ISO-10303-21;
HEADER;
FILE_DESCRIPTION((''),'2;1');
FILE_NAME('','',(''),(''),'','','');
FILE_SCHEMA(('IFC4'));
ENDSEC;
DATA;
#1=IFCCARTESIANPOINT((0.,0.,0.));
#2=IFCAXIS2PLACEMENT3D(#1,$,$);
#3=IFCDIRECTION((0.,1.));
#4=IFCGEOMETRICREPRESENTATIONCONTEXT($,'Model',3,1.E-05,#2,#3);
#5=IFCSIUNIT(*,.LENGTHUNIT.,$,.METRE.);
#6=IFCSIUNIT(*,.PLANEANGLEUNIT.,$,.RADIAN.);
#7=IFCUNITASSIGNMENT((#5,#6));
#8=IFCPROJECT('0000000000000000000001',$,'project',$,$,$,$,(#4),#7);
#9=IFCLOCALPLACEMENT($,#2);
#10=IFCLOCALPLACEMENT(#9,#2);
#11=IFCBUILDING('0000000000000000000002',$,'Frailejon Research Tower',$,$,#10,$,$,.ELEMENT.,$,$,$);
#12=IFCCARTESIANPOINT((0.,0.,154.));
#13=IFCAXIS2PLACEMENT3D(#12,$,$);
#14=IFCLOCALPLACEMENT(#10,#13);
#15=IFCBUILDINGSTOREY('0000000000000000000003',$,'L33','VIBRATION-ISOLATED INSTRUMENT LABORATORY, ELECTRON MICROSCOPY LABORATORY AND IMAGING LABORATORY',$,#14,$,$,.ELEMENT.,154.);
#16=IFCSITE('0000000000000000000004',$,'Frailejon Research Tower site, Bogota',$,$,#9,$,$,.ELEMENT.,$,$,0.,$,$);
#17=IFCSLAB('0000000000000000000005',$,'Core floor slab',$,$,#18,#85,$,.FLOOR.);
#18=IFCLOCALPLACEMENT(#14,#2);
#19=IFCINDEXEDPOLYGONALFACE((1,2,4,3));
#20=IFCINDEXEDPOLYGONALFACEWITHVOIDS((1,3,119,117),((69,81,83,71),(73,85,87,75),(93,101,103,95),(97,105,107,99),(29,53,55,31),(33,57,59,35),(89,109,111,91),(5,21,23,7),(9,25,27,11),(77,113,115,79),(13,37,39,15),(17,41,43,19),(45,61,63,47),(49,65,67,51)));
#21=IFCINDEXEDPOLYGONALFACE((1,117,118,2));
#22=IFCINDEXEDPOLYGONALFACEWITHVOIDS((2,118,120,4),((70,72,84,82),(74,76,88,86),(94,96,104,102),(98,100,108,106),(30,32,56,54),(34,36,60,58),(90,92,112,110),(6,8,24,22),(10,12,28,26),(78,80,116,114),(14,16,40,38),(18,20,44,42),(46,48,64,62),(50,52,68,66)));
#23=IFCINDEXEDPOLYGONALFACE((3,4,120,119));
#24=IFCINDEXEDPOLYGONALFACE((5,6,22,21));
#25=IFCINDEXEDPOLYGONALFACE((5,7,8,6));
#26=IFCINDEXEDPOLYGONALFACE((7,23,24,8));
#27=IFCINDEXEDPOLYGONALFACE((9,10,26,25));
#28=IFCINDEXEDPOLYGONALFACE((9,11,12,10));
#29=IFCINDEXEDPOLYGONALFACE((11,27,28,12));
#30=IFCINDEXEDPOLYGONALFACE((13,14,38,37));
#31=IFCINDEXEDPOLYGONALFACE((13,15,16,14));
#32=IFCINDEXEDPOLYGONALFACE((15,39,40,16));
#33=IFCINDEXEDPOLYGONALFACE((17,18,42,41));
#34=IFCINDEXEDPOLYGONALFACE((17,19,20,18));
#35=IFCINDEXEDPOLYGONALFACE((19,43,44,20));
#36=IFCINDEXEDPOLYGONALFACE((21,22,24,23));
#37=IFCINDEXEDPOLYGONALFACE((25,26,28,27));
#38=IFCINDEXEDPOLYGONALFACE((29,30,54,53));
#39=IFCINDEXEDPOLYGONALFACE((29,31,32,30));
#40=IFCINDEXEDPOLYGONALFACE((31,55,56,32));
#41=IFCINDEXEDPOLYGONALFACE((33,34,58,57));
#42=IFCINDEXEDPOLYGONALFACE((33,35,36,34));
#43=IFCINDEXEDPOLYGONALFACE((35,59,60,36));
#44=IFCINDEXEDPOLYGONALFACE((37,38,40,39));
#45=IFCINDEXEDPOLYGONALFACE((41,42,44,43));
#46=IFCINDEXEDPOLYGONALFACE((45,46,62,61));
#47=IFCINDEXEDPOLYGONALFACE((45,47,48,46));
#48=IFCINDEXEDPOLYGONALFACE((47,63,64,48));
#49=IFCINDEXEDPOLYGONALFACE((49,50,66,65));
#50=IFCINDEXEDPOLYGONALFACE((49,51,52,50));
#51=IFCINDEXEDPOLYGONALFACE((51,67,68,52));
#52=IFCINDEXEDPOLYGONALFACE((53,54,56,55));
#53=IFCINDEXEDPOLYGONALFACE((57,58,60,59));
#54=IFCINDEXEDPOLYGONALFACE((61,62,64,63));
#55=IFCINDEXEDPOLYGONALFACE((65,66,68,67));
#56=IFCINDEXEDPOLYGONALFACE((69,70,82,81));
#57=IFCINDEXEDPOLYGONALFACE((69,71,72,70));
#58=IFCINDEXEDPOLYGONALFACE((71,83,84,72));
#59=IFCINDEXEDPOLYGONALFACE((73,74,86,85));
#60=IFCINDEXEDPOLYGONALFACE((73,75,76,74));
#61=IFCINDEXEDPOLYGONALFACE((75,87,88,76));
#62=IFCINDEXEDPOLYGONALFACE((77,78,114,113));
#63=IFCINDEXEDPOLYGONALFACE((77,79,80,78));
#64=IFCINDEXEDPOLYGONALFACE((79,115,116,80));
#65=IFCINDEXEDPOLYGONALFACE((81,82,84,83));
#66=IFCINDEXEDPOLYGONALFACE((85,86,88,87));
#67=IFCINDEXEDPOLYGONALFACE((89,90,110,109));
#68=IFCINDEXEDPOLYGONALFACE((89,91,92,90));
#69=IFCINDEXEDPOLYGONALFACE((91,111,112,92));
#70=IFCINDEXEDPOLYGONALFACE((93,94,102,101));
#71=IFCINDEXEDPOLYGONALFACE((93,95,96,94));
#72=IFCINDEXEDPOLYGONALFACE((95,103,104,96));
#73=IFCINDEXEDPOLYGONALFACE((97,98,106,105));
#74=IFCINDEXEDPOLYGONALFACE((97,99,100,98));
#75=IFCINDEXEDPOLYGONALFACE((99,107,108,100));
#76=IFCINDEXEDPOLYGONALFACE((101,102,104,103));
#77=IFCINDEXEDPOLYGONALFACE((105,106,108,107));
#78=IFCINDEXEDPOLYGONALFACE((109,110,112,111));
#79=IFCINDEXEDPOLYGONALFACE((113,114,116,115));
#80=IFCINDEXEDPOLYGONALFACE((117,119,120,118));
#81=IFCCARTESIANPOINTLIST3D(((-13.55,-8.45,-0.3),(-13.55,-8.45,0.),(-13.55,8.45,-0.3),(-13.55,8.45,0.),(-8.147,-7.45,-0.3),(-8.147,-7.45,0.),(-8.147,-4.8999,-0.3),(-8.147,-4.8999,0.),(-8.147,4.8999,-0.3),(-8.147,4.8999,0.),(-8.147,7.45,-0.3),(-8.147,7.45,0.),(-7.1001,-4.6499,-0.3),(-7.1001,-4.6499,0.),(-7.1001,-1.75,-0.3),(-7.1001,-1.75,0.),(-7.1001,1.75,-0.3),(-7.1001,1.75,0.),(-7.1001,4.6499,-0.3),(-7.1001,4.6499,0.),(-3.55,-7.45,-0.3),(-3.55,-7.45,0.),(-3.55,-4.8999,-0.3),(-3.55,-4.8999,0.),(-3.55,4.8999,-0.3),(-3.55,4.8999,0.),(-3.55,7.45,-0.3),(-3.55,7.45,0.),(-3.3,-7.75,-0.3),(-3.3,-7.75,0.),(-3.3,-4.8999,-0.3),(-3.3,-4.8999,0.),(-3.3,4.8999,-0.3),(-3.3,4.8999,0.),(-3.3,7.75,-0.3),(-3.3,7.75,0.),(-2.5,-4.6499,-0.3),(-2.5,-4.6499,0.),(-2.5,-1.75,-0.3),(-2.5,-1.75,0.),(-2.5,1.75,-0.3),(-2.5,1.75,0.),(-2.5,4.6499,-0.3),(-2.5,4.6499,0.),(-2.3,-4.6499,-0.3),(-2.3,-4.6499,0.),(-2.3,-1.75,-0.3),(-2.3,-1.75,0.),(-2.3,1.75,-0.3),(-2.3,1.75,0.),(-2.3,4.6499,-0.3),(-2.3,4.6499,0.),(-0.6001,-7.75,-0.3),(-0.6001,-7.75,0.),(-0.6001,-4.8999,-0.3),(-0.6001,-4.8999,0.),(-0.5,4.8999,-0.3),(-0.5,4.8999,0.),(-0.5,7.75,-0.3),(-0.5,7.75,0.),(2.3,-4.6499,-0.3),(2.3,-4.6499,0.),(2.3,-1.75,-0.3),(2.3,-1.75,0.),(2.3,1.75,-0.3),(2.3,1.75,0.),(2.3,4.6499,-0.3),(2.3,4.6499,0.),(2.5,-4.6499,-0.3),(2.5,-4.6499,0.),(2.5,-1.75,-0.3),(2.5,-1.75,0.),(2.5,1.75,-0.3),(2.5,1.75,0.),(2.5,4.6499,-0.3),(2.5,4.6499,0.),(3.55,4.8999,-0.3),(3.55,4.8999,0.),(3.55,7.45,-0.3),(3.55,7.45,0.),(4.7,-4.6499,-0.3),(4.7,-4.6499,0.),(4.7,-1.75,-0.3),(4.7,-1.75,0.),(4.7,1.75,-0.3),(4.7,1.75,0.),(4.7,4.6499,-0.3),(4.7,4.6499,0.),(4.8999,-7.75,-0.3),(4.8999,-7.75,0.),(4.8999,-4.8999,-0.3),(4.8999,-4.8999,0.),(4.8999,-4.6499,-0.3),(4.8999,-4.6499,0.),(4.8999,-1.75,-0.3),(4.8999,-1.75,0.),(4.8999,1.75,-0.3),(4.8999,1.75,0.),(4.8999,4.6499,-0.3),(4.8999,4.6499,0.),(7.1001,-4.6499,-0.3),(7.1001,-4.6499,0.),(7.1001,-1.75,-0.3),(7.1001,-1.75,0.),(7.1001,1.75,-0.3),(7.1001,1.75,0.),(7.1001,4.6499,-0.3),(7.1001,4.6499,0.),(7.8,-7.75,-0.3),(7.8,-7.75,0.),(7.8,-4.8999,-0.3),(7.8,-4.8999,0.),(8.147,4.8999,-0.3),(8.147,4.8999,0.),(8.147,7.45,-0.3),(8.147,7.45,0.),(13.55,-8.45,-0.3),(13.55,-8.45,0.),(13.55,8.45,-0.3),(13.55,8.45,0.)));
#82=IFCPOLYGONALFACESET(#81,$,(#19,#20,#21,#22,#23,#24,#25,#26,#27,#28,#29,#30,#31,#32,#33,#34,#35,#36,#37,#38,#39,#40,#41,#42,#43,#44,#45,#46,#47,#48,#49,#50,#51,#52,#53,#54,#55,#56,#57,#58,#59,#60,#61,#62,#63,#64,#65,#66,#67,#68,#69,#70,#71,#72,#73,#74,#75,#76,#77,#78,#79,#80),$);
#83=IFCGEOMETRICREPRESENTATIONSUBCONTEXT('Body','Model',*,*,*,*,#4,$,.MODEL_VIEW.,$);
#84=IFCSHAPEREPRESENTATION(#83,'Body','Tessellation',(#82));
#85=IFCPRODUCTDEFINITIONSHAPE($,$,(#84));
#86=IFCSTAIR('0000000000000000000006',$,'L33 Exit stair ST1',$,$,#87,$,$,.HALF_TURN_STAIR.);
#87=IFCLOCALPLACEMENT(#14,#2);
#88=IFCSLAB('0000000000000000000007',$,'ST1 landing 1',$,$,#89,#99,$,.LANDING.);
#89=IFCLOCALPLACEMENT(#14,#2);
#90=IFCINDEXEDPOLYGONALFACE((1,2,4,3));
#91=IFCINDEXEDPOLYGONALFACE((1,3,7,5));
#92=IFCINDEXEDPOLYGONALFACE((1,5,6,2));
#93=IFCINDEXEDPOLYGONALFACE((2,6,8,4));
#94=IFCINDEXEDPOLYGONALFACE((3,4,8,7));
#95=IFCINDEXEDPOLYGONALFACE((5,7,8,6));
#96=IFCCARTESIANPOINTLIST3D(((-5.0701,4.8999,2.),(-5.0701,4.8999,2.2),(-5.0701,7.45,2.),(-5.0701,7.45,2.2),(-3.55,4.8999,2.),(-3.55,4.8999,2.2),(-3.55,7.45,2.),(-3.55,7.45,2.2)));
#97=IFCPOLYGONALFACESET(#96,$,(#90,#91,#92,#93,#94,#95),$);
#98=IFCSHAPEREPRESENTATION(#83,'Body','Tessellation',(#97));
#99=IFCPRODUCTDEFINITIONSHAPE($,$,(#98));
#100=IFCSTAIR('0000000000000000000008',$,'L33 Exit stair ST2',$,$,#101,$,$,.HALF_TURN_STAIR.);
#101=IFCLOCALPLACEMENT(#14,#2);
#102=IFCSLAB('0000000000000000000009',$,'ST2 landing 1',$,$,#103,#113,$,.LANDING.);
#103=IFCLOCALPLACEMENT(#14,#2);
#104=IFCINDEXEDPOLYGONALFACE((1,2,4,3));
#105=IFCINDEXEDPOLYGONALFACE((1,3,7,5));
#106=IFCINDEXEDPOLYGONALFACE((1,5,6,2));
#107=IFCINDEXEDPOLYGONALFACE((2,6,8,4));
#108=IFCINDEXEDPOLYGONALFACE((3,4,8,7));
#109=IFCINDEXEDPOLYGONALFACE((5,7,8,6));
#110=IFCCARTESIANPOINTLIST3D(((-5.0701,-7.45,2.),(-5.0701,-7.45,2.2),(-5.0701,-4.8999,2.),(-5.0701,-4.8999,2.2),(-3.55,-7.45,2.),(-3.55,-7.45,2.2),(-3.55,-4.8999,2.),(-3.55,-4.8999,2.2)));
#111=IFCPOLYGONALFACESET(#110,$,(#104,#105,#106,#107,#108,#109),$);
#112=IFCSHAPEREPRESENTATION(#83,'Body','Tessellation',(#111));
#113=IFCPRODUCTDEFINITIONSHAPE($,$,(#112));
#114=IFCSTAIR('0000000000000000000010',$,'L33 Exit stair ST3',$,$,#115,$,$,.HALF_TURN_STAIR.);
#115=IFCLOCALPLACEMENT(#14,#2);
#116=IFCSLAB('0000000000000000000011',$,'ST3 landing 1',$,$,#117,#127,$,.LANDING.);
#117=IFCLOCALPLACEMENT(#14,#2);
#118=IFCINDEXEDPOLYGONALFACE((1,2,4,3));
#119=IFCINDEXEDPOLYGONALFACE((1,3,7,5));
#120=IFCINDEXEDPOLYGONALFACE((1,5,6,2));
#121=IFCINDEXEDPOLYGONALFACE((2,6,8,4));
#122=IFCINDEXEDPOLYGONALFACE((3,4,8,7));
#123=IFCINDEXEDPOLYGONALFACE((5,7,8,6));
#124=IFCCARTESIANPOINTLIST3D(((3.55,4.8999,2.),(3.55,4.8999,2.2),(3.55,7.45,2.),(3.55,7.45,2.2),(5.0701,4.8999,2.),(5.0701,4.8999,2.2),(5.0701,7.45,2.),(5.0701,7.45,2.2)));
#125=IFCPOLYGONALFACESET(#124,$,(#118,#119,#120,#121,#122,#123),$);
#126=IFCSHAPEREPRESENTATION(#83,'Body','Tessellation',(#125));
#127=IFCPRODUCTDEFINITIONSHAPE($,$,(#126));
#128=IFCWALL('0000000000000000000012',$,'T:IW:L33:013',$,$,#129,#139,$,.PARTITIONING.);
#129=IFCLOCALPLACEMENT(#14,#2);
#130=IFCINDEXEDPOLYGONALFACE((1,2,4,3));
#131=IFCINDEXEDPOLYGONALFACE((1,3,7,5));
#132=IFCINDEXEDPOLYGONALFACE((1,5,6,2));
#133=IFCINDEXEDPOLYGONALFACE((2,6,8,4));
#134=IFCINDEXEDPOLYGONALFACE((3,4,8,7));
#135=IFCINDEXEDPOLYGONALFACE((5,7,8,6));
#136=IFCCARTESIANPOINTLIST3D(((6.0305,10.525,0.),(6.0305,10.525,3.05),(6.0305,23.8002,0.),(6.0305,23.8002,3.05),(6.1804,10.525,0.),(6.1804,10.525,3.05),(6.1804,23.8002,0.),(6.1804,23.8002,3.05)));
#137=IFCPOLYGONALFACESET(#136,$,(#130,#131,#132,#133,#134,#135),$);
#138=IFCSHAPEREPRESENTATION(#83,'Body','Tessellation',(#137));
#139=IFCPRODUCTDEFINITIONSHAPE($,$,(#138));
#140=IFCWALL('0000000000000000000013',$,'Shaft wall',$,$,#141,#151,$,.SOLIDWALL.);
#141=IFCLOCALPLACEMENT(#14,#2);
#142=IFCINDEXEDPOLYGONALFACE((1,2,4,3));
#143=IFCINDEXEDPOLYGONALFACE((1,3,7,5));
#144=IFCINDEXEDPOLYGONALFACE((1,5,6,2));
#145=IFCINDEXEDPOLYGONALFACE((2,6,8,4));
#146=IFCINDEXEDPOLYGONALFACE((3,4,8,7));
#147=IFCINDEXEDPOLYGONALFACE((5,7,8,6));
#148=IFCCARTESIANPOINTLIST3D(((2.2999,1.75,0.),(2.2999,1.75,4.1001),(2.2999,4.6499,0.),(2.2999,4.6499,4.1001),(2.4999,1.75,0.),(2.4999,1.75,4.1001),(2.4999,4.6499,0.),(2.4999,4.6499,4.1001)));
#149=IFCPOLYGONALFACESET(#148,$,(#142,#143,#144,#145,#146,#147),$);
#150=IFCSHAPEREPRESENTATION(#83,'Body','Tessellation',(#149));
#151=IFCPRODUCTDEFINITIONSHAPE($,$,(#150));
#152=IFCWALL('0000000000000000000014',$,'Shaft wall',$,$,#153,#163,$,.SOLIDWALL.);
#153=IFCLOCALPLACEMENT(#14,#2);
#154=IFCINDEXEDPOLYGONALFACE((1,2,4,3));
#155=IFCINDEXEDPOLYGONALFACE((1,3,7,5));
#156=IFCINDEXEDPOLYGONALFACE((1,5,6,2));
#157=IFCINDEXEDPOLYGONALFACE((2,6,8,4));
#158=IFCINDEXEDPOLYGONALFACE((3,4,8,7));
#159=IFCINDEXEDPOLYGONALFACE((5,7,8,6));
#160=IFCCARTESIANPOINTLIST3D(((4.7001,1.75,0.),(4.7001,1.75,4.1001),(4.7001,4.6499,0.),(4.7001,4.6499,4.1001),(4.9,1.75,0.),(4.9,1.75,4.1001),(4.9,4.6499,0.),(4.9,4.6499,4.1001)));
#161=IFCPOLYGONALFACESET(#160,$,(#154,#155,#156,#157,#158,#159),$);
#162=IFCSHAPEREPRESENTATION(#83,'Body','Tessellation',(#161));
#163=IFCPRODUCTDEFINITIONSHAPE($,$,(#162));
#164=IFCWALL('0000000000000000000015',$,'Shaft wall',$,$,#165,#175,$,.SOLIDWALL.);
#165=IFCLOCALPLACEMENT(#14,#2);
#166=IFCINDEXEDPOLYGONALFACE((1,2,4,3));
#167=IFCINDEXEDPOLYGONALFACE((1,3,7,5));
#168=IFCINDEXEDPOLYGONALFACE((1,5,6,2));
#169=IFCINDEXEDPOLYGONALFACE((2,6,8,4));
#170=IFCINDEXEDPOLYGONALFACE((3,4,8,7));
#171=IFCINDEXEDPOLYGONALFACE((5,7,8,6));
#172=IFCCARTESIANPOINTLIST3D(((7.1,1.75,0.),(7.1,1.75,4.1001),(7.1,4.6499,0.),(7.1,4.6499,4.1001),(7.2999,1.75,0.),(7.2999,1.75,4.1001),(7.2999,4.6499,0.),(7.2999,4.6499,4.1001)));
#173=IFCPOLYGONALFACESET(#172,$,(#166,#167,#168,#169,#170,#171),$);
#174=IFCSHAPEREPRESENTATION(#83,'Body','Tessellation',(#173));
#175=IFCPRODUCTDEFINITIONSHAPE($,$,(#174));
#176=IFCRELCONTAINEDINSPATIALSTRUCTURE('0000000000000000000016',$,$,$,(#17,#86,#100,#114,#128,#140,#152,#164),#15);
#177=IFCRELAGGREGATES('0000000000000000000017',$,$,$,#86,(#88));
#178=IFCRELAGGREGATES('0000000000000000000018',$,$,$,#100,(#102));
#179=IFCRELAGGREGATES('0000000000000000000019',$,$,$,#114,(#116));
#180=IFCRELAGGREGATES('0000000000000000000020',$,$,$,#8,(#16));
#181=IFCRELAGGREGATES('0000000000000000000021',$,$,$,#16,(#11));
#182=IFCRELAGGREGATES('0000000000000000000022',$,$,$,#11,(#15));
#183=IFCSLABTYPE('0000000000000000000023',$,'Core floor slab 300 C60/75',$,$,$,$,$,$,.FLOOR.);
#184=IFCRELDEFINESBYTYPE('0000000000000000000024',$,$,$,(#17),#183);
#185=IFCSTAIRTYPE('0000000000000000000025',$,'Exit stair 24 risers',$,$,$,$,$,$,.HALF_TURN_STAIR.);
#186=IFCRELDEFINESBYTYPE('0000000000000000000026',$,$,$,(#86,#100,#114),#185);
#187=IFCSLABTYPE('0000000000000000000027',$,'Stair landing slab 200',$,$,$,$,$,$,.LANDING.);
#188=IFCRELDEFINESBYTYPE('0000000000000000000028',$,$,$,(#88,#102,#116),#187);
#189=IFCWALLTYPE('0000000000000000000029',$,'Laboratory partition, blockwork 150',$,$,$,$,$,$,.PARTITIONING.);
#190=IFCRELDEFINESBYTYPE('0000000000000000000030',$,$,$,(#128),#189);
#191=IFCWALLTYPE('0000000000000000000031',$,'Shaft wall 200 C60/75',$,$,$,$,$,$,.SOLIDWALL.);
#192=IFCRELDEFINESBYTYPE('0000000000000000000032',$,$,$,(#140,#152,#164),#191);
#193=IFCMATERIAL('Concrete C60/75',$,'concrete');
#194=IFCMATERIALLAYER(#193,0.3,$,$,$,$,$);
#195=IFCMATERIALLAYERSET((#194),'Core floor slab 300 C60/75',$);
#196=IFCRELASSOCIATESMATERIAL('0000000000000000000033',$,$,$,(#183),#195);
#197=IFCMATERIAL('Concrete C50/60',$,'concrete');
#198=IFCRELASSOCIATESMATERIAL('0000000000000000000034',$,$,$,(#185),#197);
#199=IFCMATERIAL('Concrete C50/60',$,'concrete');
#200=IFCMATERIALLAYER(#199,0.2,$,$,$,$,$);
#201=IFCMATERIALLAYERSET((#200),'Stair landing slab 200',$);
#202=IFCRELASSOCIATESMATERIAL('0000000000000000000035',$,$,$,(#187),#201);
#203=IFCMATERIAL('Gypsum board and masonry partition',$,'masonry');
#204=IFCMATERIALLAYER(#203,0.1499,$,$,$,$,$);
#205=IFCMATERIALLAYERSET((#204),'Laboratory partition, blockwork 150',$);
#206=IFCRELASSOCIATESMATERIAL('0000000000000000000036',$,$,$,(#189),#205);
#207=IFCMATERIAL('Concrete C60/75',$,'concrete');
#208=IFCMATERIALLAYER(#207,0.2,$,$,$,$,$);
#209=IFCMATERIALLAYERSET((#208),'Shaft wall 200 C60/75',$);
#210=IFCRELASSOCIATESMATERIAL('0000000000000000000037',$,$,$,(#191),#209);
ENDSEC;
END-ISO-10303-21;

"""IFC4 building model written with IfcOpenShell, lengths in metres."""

from ifc_helpers import new_model, si_unit, direction, frame, frame_2d, origin, place, context, subcontext, project, spatial, polyline, rectangle, outline, extrude, material, layer, layer_set, type_object, element, aggregate, save


model = new_model("IFC4")

# Units and contexts
model_context = context("Model", 3, precision=1e-05, world=origin(), true_north=direction((0.0, 1.0)))
body_context = subcontext(model_context, "Body", "Model", "MODEL_VIEW")
ifc_project = project(units=[si_unit("LENGTHUNIT", "METRE"), si_unit("PLANEANGLEUNIT", "RADIAN")], contexts=[model_context])

# Site, building, storey
site_placement = place(None, origin())
site = spatial("IfcSite", under=ifc_project, at=site_placement, Name="Frailejon Research Tower site, Bogota", CompositionType="ELEMENT", RefElevation=0.0)
building_placement = place(site_placement, origin())
building = spatial("IfcBuilding", under=site, at=building_placement, Name="Frailejon Research Tower", CompositionType="ELEMENT")
storey_placement = place(building_placement, frame((0.0, 0.0, 154.0)))
storey = spatial("IfcBuildingStorey", under=building, at=storey_placement, Name="L33", Description="VIBRATION-ISOLATED INSTRUMENT LABORATORY, ELECTRON MICROSCOPY LABORATORY AND IMAGING LABORATORY", CompositionType="ELEMENT", Elevation=154.0)

# Slab
ifc_material_1 = material(Name="Concrete C60/75", Category="concrete")
ifc_layer_1 = layer(ifc_material_1, 0.3)
ifc_layer_set_1 = layer_set([ifc_layer_1], Name="Core floor slab 300 C60/75")
slab_type_1 = type_object("IfcSlabType", Name="Core floor slab 300 C60/75", PredefinedType="FLOOR", material=ifc_layer_set_1)
slab_1_placement = place(storey_placement, frame((0.0, 0.0, -0.3)))
element("IfcSlab", 1, at=slab_1_placement, inside=storey, type_object=slab_type_1, Name="Core floor slab", PredefinedType="FLOOR", context=body_context, shape_type="SweptSolid", body=[
    extrude(outline(polyline([(13.55, -8.45), (13.55, 8.45), (-13.55, 8.45), (-13.55, -8.45), (13.55, -8.45)]), holes=[polyline([(-2.5, 1.75), (-2.5, 4.6499), (-7.1001, 4.6499), (-7.1001, 1.75), (-2.5, 1.75)]), polyline([(2.3, 1.75), (2.3, 4.6499), (-2.3, 4.6499), (-2.3, 1.75), (2.3, 1.75)]), polyline([(4.7, 1.75), (4.7, 4.6499), (2.5, 4.6499), (2.5, 1.75), (4.7, 1.75)]), polyline([(7.1001, 1.75), (7.1001, 4.6499), (4.8999, 4.6499), (4.8999, 1.75), (7.1001, 1.75)]), polyline([(-2.5, -4.6499), (-2.5, -1.75), (-7.1001, -1.75), (-7.1001, -4.6499), (-2.5, -4.6499)]), polyline([(2.3, -4.6499), (2.3, -1.75), (-2.3, -1.75), (-2.3, -4.6499), (2.3, -4.6499)]), polyline([(4.7, -4.6499), (4.7, -1.75), (2.5, -1.75), (2.5, -4.6499), (4.7, -4.6499)]), polyline([(7.1001, -4.6499), (7.1001, -1.75), (4.8999, -1.75), (4.8999, -4.6499), (7.1001, -4.6499)]), polyline([(-8.147, 4.8999), (-3.55, 4.8999), (-3.55, 7.45), (-8.147, 7.45), (-8.147, 4.8999)]), polyline([(-8.147, -7.45), (-3.55, -7.45), (-3.55, -4.8999), (-8.147, -4.8999), (-8.147, -7.45)]), polyline([(8.147, 7.45), (3.55, 7.45), (3.55, 4.8999), (8.147, 4.8999), (8.147, 7.45)]), polyline([(-0.6001, -7.75), (-0.6001, -4.8999), (-3.3, -4.8999), (-3.3, -7.75), (-0.6001, -7.75)]), polyline([(7.8, -7.75), (7.8, -4.8999), (4.8999, -4.8999), (4.8999, -7.75), (7.8, -7.75)]), polyline([(-0.5, 4.8999), (-0.5, 7.75), (-3.3, 7.75), (-3.3, 4.8999), (-0.5, 4.8999)])]), origin(), (0.0, 0.0, 1.0), 0.3),
])

# Stairs, slabs
ifc_material_2 = material(Name="Concrete C50/60", Category="concrete")
stair_type = type_object("IfcStairType", Name="Exit stair 24 risers", PredefinedType="HALF_TURN_STAIR", material=ifc_material_2)
stair_1_placement = place(storey_placement, origin())
stair_1 = element("IfcStair", 2, at=stair_1_placement, inside=storey, type_object=stair_type, Name="L33 Exit stair ST1", PredefinedType="HALF_TURN_STAIR")
ifc_material_3 = material(Name="Concrete C50/60", Category="concrete")
ifc_layer_2 = layer(ifc_material_3, 0.2)
ifc_layer_set_2 = layer_set([ifc_layer_2], Name="Stair landing slab 200")
slab_type_2 = type_object("IfcSlabType", Name="Stair landing slab 200", PredefinedType="LANDING", material=ifc_layer_set_2)
slab_2_placement = place(storey_placement, frame((0.0, 0.0, 2.0)))
slab_2 = element("IfcSlab", 3, at=slab_2_placement, type_object=slab_type_2, Name="ST1 landing 1", PredefinedType="LANDING", context=body_context, shape_type="SweptSolid", body=[
    extrude(outline(polyline([(-5.0701, 4.8999), (-3.55, 4.8999), (-3.55, 7.45), (-5.0701, 7.45), (-5.0701, 4.8999)])), origin(), (0.0, 0.0, 1.0), 0.2),
])
aggregate(stair_1, [slab_2])
stair_2_placement = place(storey_placement, origin())
stair_2 = element("IfcStair", 4, at=stair_2_placement, inside=storey, type_object=stair_type, Name="L33 Exit stair ST2", PredefinedType="HALF_TURN_STAIR")
slab_3_placement = place(storey_placement, frame((0.0, 0.0, 2.0)))
slab_3 = element("IfcSlab", 5, at=slab_3_placement, type_object=slab_type_2, Name="ST2 landing 1", PredefinedType="LANDING", context=body_context, shape_type="SweptSolid", body=[
    extrude(outline(polyline([(-5.0701, -7.45), (-3.55, -7.45), (-3.55, -4.8999), (-5.0701, -4.8999), (-5.0701, -7.45)])), origin(), (0.0, 0.0, 1.0), 0.2),
])
aggregate(stair_2, [slab_3])
stair_3_placement = place(storey_placement, origin())
stair_3 = element("IfcStair", 6, at=stair_3_placement, inside=storey, type_object=stair_type, Name="L33 Exit stair ST3", PredefinedType="HALF_TURN_STAIR")
slab_4_placement = place(storey_placement, frame((0.0, 0.0, 2.0)))
slab_4 = element("IfcSlab", 7, at=slab_4_placement, type_object=slab_type_2, Name="ST3 landing 1", PredefinedType="LANDING", context=body_context, shape_type="SweptSolid", body=[
    extrude(outline(polyline([(5.0701, 7.45), (3.55, 7.45), (3.55, 4.8999), (5.0701, 4.8999), (5.0701, 7.45)])), origin(), (0.0, 0.0, 1.0), 0.2),
])

# Walls
ifc_material_4 = material(Name="Gypsum board and masonry partition", Category="masonry")
ifc_layer_3 = layer(ifc_material_4, 0.1499)
ifc_layer_set_3 = layer_set([ifc_layer_3], Name="Laboratory partition, blockwork 150")
wall_type_1 = type_object("IfcWallType", Name="Laboratory partition, blockwork 150", PredefinedType="PARTITIONING", material=ifc_layer_set_3)
wall_1_placement = place(storey_placement, frame((6.1055, 10.5249, 0.0), z_axis=(0.0, 0.0, 1.0), x_axis=(0.0, 1.0, 0.0)))
element("IfcWall", 8, at=wall_1_placement, inside=storey, type_object=wall_type_1, Name="T:IW:L33:013", PredefinedType="PARTITIONING", context=body_context, shape_type="SweptSolid", body=[
    extrude(rectangle(XDim=13.2751, YDim=0.1499, at=frame_2d((6.6377, 0.0))), origin(), (0.0, 0.0, 1.0), 3.05),
])
ifc_material_5 = material(Name="Concrete C60/75", Category="concrete")
ifc_layer_4 = layer(ifc_material_5, 0.2)
ifc_layer_set_4 = layer_set([ifc_layer_4], Name="Shaft wall 200 C60/75")
wall_type_2 = type_object("IfcWallType", Name="Shaft wall 200 C60/75", PredefinedType="SOLIDWALL", material=ifc_layer_set_4)
for number, where, z_axis, x_axis, name in (
    (9, (2.3999, 1.75, 0.0), (0.0, 0.0, 1.0), (0.0, 1.0, 0.0), "Shaft wall"),
    (10, (4.8, 1.75, 0.0), (0.0, 0.0, 1.0), (0.0, 1.0, 0.0), "Shaft wall"),
    (11, (7.2, 1.75, 0.0), (0.0, 0.0, 1.0), (0.0, 1.0, 0.0), "Shaft wall"),
):
    element("IfcWall", number, at=place(storey_placement, frame(where, z_axis=z_axis, x_axis=x_axis)), inside=storey, type_object=wall_type_2, Name=name, PredefinedType="SOLIDWALL", context=body_context, shape_type="SweptSolid", body=[
        extrude(rectangle(XDim=2.8999, YDim=0.2, at=frame_2d((1.45, 0.0))), origin(), (0.0, 0.0, 1.0), 4.1001),
    ])

aggregate(stair_3, [slab_4])

save(model, "model.ifc")
